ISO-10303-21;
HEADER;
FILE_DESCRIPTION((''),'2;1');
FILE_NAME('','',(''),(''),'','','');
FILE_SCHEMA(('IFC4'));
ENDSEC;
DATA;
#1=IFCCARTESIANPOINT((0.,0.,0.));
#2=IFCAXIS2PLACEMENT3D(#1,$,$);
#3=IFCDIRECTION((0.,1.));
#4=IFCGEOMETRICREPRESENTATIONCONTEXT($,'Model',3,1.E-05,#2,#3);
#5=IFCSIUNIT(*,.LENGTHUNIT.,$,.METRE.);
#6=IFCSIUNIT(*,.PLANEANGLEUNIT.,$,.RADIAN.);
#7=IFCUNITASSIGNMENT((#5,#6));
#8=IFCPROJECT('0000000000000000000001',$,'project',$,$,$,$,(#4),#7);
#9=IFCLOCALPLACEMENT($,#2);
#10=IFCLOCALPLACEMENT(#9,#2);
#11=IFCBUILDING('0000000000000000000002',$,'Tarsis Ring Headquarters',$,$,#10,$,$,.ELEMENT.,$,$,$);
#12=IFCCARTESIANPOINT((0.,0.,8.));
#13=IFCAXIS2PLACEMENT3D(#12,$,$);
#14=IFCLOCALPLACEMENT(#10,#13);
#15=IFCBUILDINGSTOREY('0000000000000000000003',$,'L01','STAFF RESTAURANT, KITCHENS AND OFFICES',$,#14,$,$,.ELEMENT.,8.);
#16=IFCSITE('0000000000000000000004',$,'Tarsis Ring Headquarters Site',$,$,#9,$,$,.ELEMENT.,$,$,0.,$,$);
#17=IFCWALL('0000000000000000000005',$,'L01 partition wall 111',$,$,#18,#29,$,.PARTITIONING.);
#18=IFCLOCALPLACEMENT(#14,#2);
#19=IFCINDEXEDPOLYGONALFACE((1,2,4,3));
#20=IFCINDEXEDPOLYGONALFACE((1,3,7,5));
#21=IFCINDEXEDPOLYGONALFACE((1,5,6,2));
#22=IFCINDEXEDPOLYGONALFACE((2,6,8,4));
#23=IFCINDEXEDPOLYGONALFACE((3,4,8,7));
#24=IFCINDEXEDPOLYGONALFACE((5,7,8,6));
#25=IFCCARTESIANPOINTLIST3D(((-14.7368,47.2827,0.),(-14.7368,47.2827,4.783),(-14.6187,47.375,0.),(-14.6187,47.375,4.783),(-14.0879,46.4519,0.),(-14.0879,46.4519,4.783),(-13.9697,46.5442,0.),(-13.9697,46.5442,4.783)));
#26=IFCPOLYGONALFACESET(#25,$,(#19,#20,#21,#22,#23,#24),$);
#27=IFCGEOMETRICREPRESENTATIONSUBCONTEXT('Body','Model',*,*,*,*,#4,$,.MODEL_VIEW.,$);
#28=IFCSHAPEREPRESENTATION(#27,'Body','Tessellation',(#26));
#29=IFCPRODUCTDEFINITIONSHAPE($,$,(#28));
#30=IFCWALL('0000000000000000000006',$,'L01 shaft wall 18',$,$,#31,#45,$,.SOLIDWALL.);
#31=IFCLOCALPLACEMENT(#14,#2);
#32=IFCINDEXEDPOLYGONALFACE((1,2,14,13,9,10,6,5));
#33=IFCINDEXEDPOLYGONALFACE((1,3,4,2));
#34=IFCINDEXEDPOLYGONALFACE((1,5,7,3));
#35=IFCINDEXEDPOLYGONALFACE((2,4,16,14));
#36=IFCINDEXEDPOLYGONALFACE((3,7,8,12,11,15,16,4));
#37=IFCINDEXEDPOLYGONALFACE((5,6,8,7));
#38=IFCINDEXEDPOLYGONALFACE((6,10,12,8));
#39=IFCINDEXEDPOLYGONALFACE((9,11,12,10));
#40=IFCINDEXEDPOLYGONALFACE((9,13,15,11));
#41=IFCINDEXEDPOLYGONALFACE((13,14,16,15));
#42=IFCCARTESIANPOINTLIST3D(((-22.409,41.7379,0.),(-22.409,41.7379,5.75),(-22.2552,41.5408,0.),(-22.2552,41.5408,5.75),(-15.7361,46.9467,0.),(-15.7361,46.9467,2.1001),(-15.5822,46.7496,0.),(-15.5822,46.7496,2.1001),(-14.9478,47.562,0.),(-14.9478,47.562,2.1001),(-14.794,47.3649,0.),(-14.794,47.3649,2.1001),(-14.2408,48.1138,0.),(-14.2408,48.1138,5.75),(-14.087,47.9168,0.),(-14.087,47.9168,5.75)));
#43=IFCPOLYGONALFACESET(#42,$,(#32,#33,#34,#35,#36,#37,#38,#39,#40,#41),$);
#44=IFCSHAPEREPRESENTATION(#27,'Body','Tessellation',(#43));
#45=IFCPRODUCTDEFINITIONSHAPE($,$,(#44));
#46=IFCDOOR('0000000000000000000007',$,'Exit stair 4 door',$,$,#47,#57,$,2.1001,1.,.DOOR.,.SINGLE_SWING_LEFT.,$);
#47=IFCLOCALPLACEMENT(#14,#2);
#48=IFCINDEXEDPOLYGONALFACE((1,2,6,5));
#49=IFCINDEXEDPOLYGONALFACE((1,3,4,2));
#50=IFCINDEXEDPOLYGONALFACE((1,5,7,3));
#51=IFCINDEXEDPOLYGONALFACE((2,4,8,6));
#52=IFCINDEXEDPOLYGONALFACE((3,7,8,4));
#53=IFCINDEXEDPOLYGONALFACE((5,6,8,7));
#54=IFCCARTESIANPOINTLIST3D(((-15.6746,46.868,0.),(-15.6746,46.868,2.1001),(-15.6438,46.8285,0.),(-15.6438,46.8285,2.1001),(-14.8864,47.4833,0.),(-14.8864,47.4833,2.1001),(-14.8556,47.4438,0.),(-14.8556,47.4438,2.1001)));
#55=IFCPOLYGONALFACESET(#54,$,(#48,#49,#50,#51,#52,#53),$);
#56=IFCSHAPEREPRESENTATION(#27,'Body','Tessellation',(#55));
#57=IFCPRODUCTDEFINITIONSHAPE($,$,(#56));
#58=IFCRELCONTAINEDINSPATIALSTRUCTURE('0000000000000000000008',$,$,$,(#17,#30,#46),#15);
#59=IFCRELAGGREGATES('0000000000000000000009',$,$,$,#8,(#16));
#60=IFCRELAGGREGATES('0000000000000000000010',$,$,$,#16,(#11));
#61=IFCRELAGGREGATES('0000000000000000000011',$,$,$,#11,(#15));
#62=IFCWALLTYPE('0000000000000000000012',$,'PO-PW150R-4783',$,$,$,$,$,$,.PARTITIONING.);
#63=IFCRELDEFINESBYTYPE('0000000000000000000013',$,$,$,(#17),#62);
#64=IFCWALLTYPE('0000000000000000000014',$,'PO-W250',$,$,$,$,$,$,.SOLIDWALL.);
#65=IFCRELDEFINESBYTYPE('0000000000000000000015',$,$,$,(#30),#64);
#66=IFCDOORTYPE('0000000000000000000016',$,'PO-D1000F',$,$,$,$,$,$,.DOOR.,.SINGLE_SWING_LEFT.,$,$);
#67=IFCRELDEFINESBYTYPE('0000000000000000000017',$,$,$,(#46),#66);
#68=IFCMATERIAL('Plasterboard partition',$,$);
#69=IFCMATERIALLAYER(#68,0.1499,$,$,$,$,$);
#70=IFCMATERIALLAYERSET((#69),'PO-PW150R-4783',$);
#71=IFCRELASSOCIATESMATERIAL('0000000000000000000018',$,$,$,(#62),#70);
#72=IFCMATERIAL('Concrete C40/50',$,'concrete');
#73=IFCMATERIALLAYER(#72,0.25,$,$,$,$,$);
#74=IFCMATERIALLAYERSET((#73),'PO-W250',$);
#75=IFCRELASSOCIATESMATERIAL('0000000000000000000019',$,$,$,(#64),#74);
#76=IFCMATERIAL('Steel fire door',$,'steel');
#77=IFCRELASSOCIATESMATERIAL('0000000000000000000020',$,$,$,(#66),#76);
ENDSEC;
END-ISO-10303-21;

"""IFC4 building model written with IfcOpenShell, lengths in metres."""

from ifc_helpers import new_model, si_unit, direction, frame, frame_2d, origin, place, context, subcontext, project, spatial, rectangle, extrude, material, layer, layer_set, type_object, element, fill, save


model = new_model("IFC4")

# Units and contexts
model_context = context("Model", 3, precision=1e-05, world=origin(), true_north=direction((0.0, 1.0)))
body_context = subcontext(model_context, "Body", "Model", "MODEL_VIEW")
ifc_project = project(units=[si_unit("LENGTHUNIT", "METRE"), si_unit("PLANEANGLEUNIT", "RADIAN")], contexts=[model_context])

# Site, building, storey
site_placement = place(None, origin())
site = spatial("IfcSite", under=ifc_project, at=site_placement, Name="Tarsis Ring Headquarters Site", CompositionType="ELEMENT", RefElevation=0.0)
building_placement = place(site_placement, origin())
building = spatial("IfcBuilding", under=site, at=building_placement, Name="Tarsis Ring Headquarters", CompositionType="ELEMENT")
storey_placement = place(building_placement, frame((0.0, 0.0, 8.0)))
storey = spatial("IfcBuildingStorey", under=building, at=storey_placement, Name="L01", Description="STAFF RESTAURANT, KITCHENS AND OFFICES", CompositionType="ELEMENT", Elevation=8.0)

# Shared definitions
ifc_material_1 = material(Name="Concrete C40/50", Category="concrete")

# Wall
ifc_material_2 = material(Name="Plasterboard partition")
ifc_layer_1 = layer(ifc_material_2, 0.1499)
ifc_layer_set_1 = layer_set([ifc_layer_1], Name="PO-PW150R-4783")
wall_type_1 = type_object("IfcWallType", Name="PO-PW150R-4783", PredefinedType="PARTITIONING", material=ifc_layer_set_1)
wall_1_placement = place(storey_placement, frame((-14.6777, 47.3289, 0.0), z_axis=(0.0, 0.0, 1.0), x_axis=(0.615559, -0.788091, 0.0)))
element("IfcWall", 1, at=wall_1_placement, inside=storey, type_object=wall_type_1, Name="L01 partition wall 111", PredefinedType="PARTITIONING", context=body_context, shape_type="SweptSolid", body=[
    extrude(rectangle(XDim=1.0542, YDim=0.1499, at=frame_2d((0.5271, 0.0))), origin(), (0.0, 0.0, 1.0), 4.783),
])

# Wall, opening, door
ifc_layer_2 = layer(ifc_material_1, 0.25)
ifc_layer_set_2 = layer_set([ifc_layer_2], Name="PO-W250")
wall_type_2 = type_object("IfcWallType", Name="PO-W250", PredefinedType="SOLIDWALL", material=ifc_layer_set_2)
wall_2_placement = place(storey_placement, frame((-14.1638, 48.0154, 0.0), z_axis=(0.0, 0.0, 1.0), x_axis=(-0.788279, -0.615318, 0.0)))
wall_2 = element("IfcWall", 2, at=wall_2_placement, inside=storey, type_object=wall_type_2, Name="L01 shaft wall 18", PredefinedType="SOLIDWALL", context=body_context, shape_type="SweptSolid", body=[
    extrude(rectangle(XDim=10.3621, YDim=0.25, at=frame_2d((5.1812, 0.0))), origin(), (0.0, 0.0, 1.0), 5.75),
])
opening_1_placement = place(wall_2_placement, frame((0.897, 0.0, 0.0)))
opening_1 = element("IfcOpeningElement", 3, at=opening_1_placement, cuts=wall_2, PredefinedType="OPENING", context=body_context, shape_type="SweptSolid", body=[
    extrude(rectangle(XDim=1.0, YDim=2.1001, at=frame_2d((0.5, 1.05))), frame((0.0, 0.135, 0.0), z_axis=(0.0, -1.0, 0.0), x_axis=(1.0, 0.0, 0.0)), (0.0, 0.0, 1.0), 0.27),
])
ifc_material_3 = material(Name="Steel fire door", Category="steel")
door_type = type_object("IfcDoorType", Name="PO-D1000F", OperationType="SINGLE_SWING_LEFT", PredefinedType="DOOR", material=ifc_material_3)
door_placement = place(opening_1_placement, origin())
door = element("IfcDoor", 4, at=door_placement, inside=storey, type_object=door_type, Name="Exit stair 4 door", OperationType="SINGLE_SWING_LEFT", OverallHeight=2.1001, OverallWidth=1.0, PredefinedType="DOOR", context=body_context, shape_type="SweptSolid", body=[
    extrude(rectangle(XDim=1.0, YDim=2.1001, at=frame_2d((0.5, 1.05))), frame((0.0, 0.0249, 0.0), z_axis=(0.0, -1.0, 0.0), x_axis=(1.0, 0.0, 0.0)), (0.0, 0.0, 1.0), 0.05),
])
fill(opening_1, door)

save(model, "model.ifc")
